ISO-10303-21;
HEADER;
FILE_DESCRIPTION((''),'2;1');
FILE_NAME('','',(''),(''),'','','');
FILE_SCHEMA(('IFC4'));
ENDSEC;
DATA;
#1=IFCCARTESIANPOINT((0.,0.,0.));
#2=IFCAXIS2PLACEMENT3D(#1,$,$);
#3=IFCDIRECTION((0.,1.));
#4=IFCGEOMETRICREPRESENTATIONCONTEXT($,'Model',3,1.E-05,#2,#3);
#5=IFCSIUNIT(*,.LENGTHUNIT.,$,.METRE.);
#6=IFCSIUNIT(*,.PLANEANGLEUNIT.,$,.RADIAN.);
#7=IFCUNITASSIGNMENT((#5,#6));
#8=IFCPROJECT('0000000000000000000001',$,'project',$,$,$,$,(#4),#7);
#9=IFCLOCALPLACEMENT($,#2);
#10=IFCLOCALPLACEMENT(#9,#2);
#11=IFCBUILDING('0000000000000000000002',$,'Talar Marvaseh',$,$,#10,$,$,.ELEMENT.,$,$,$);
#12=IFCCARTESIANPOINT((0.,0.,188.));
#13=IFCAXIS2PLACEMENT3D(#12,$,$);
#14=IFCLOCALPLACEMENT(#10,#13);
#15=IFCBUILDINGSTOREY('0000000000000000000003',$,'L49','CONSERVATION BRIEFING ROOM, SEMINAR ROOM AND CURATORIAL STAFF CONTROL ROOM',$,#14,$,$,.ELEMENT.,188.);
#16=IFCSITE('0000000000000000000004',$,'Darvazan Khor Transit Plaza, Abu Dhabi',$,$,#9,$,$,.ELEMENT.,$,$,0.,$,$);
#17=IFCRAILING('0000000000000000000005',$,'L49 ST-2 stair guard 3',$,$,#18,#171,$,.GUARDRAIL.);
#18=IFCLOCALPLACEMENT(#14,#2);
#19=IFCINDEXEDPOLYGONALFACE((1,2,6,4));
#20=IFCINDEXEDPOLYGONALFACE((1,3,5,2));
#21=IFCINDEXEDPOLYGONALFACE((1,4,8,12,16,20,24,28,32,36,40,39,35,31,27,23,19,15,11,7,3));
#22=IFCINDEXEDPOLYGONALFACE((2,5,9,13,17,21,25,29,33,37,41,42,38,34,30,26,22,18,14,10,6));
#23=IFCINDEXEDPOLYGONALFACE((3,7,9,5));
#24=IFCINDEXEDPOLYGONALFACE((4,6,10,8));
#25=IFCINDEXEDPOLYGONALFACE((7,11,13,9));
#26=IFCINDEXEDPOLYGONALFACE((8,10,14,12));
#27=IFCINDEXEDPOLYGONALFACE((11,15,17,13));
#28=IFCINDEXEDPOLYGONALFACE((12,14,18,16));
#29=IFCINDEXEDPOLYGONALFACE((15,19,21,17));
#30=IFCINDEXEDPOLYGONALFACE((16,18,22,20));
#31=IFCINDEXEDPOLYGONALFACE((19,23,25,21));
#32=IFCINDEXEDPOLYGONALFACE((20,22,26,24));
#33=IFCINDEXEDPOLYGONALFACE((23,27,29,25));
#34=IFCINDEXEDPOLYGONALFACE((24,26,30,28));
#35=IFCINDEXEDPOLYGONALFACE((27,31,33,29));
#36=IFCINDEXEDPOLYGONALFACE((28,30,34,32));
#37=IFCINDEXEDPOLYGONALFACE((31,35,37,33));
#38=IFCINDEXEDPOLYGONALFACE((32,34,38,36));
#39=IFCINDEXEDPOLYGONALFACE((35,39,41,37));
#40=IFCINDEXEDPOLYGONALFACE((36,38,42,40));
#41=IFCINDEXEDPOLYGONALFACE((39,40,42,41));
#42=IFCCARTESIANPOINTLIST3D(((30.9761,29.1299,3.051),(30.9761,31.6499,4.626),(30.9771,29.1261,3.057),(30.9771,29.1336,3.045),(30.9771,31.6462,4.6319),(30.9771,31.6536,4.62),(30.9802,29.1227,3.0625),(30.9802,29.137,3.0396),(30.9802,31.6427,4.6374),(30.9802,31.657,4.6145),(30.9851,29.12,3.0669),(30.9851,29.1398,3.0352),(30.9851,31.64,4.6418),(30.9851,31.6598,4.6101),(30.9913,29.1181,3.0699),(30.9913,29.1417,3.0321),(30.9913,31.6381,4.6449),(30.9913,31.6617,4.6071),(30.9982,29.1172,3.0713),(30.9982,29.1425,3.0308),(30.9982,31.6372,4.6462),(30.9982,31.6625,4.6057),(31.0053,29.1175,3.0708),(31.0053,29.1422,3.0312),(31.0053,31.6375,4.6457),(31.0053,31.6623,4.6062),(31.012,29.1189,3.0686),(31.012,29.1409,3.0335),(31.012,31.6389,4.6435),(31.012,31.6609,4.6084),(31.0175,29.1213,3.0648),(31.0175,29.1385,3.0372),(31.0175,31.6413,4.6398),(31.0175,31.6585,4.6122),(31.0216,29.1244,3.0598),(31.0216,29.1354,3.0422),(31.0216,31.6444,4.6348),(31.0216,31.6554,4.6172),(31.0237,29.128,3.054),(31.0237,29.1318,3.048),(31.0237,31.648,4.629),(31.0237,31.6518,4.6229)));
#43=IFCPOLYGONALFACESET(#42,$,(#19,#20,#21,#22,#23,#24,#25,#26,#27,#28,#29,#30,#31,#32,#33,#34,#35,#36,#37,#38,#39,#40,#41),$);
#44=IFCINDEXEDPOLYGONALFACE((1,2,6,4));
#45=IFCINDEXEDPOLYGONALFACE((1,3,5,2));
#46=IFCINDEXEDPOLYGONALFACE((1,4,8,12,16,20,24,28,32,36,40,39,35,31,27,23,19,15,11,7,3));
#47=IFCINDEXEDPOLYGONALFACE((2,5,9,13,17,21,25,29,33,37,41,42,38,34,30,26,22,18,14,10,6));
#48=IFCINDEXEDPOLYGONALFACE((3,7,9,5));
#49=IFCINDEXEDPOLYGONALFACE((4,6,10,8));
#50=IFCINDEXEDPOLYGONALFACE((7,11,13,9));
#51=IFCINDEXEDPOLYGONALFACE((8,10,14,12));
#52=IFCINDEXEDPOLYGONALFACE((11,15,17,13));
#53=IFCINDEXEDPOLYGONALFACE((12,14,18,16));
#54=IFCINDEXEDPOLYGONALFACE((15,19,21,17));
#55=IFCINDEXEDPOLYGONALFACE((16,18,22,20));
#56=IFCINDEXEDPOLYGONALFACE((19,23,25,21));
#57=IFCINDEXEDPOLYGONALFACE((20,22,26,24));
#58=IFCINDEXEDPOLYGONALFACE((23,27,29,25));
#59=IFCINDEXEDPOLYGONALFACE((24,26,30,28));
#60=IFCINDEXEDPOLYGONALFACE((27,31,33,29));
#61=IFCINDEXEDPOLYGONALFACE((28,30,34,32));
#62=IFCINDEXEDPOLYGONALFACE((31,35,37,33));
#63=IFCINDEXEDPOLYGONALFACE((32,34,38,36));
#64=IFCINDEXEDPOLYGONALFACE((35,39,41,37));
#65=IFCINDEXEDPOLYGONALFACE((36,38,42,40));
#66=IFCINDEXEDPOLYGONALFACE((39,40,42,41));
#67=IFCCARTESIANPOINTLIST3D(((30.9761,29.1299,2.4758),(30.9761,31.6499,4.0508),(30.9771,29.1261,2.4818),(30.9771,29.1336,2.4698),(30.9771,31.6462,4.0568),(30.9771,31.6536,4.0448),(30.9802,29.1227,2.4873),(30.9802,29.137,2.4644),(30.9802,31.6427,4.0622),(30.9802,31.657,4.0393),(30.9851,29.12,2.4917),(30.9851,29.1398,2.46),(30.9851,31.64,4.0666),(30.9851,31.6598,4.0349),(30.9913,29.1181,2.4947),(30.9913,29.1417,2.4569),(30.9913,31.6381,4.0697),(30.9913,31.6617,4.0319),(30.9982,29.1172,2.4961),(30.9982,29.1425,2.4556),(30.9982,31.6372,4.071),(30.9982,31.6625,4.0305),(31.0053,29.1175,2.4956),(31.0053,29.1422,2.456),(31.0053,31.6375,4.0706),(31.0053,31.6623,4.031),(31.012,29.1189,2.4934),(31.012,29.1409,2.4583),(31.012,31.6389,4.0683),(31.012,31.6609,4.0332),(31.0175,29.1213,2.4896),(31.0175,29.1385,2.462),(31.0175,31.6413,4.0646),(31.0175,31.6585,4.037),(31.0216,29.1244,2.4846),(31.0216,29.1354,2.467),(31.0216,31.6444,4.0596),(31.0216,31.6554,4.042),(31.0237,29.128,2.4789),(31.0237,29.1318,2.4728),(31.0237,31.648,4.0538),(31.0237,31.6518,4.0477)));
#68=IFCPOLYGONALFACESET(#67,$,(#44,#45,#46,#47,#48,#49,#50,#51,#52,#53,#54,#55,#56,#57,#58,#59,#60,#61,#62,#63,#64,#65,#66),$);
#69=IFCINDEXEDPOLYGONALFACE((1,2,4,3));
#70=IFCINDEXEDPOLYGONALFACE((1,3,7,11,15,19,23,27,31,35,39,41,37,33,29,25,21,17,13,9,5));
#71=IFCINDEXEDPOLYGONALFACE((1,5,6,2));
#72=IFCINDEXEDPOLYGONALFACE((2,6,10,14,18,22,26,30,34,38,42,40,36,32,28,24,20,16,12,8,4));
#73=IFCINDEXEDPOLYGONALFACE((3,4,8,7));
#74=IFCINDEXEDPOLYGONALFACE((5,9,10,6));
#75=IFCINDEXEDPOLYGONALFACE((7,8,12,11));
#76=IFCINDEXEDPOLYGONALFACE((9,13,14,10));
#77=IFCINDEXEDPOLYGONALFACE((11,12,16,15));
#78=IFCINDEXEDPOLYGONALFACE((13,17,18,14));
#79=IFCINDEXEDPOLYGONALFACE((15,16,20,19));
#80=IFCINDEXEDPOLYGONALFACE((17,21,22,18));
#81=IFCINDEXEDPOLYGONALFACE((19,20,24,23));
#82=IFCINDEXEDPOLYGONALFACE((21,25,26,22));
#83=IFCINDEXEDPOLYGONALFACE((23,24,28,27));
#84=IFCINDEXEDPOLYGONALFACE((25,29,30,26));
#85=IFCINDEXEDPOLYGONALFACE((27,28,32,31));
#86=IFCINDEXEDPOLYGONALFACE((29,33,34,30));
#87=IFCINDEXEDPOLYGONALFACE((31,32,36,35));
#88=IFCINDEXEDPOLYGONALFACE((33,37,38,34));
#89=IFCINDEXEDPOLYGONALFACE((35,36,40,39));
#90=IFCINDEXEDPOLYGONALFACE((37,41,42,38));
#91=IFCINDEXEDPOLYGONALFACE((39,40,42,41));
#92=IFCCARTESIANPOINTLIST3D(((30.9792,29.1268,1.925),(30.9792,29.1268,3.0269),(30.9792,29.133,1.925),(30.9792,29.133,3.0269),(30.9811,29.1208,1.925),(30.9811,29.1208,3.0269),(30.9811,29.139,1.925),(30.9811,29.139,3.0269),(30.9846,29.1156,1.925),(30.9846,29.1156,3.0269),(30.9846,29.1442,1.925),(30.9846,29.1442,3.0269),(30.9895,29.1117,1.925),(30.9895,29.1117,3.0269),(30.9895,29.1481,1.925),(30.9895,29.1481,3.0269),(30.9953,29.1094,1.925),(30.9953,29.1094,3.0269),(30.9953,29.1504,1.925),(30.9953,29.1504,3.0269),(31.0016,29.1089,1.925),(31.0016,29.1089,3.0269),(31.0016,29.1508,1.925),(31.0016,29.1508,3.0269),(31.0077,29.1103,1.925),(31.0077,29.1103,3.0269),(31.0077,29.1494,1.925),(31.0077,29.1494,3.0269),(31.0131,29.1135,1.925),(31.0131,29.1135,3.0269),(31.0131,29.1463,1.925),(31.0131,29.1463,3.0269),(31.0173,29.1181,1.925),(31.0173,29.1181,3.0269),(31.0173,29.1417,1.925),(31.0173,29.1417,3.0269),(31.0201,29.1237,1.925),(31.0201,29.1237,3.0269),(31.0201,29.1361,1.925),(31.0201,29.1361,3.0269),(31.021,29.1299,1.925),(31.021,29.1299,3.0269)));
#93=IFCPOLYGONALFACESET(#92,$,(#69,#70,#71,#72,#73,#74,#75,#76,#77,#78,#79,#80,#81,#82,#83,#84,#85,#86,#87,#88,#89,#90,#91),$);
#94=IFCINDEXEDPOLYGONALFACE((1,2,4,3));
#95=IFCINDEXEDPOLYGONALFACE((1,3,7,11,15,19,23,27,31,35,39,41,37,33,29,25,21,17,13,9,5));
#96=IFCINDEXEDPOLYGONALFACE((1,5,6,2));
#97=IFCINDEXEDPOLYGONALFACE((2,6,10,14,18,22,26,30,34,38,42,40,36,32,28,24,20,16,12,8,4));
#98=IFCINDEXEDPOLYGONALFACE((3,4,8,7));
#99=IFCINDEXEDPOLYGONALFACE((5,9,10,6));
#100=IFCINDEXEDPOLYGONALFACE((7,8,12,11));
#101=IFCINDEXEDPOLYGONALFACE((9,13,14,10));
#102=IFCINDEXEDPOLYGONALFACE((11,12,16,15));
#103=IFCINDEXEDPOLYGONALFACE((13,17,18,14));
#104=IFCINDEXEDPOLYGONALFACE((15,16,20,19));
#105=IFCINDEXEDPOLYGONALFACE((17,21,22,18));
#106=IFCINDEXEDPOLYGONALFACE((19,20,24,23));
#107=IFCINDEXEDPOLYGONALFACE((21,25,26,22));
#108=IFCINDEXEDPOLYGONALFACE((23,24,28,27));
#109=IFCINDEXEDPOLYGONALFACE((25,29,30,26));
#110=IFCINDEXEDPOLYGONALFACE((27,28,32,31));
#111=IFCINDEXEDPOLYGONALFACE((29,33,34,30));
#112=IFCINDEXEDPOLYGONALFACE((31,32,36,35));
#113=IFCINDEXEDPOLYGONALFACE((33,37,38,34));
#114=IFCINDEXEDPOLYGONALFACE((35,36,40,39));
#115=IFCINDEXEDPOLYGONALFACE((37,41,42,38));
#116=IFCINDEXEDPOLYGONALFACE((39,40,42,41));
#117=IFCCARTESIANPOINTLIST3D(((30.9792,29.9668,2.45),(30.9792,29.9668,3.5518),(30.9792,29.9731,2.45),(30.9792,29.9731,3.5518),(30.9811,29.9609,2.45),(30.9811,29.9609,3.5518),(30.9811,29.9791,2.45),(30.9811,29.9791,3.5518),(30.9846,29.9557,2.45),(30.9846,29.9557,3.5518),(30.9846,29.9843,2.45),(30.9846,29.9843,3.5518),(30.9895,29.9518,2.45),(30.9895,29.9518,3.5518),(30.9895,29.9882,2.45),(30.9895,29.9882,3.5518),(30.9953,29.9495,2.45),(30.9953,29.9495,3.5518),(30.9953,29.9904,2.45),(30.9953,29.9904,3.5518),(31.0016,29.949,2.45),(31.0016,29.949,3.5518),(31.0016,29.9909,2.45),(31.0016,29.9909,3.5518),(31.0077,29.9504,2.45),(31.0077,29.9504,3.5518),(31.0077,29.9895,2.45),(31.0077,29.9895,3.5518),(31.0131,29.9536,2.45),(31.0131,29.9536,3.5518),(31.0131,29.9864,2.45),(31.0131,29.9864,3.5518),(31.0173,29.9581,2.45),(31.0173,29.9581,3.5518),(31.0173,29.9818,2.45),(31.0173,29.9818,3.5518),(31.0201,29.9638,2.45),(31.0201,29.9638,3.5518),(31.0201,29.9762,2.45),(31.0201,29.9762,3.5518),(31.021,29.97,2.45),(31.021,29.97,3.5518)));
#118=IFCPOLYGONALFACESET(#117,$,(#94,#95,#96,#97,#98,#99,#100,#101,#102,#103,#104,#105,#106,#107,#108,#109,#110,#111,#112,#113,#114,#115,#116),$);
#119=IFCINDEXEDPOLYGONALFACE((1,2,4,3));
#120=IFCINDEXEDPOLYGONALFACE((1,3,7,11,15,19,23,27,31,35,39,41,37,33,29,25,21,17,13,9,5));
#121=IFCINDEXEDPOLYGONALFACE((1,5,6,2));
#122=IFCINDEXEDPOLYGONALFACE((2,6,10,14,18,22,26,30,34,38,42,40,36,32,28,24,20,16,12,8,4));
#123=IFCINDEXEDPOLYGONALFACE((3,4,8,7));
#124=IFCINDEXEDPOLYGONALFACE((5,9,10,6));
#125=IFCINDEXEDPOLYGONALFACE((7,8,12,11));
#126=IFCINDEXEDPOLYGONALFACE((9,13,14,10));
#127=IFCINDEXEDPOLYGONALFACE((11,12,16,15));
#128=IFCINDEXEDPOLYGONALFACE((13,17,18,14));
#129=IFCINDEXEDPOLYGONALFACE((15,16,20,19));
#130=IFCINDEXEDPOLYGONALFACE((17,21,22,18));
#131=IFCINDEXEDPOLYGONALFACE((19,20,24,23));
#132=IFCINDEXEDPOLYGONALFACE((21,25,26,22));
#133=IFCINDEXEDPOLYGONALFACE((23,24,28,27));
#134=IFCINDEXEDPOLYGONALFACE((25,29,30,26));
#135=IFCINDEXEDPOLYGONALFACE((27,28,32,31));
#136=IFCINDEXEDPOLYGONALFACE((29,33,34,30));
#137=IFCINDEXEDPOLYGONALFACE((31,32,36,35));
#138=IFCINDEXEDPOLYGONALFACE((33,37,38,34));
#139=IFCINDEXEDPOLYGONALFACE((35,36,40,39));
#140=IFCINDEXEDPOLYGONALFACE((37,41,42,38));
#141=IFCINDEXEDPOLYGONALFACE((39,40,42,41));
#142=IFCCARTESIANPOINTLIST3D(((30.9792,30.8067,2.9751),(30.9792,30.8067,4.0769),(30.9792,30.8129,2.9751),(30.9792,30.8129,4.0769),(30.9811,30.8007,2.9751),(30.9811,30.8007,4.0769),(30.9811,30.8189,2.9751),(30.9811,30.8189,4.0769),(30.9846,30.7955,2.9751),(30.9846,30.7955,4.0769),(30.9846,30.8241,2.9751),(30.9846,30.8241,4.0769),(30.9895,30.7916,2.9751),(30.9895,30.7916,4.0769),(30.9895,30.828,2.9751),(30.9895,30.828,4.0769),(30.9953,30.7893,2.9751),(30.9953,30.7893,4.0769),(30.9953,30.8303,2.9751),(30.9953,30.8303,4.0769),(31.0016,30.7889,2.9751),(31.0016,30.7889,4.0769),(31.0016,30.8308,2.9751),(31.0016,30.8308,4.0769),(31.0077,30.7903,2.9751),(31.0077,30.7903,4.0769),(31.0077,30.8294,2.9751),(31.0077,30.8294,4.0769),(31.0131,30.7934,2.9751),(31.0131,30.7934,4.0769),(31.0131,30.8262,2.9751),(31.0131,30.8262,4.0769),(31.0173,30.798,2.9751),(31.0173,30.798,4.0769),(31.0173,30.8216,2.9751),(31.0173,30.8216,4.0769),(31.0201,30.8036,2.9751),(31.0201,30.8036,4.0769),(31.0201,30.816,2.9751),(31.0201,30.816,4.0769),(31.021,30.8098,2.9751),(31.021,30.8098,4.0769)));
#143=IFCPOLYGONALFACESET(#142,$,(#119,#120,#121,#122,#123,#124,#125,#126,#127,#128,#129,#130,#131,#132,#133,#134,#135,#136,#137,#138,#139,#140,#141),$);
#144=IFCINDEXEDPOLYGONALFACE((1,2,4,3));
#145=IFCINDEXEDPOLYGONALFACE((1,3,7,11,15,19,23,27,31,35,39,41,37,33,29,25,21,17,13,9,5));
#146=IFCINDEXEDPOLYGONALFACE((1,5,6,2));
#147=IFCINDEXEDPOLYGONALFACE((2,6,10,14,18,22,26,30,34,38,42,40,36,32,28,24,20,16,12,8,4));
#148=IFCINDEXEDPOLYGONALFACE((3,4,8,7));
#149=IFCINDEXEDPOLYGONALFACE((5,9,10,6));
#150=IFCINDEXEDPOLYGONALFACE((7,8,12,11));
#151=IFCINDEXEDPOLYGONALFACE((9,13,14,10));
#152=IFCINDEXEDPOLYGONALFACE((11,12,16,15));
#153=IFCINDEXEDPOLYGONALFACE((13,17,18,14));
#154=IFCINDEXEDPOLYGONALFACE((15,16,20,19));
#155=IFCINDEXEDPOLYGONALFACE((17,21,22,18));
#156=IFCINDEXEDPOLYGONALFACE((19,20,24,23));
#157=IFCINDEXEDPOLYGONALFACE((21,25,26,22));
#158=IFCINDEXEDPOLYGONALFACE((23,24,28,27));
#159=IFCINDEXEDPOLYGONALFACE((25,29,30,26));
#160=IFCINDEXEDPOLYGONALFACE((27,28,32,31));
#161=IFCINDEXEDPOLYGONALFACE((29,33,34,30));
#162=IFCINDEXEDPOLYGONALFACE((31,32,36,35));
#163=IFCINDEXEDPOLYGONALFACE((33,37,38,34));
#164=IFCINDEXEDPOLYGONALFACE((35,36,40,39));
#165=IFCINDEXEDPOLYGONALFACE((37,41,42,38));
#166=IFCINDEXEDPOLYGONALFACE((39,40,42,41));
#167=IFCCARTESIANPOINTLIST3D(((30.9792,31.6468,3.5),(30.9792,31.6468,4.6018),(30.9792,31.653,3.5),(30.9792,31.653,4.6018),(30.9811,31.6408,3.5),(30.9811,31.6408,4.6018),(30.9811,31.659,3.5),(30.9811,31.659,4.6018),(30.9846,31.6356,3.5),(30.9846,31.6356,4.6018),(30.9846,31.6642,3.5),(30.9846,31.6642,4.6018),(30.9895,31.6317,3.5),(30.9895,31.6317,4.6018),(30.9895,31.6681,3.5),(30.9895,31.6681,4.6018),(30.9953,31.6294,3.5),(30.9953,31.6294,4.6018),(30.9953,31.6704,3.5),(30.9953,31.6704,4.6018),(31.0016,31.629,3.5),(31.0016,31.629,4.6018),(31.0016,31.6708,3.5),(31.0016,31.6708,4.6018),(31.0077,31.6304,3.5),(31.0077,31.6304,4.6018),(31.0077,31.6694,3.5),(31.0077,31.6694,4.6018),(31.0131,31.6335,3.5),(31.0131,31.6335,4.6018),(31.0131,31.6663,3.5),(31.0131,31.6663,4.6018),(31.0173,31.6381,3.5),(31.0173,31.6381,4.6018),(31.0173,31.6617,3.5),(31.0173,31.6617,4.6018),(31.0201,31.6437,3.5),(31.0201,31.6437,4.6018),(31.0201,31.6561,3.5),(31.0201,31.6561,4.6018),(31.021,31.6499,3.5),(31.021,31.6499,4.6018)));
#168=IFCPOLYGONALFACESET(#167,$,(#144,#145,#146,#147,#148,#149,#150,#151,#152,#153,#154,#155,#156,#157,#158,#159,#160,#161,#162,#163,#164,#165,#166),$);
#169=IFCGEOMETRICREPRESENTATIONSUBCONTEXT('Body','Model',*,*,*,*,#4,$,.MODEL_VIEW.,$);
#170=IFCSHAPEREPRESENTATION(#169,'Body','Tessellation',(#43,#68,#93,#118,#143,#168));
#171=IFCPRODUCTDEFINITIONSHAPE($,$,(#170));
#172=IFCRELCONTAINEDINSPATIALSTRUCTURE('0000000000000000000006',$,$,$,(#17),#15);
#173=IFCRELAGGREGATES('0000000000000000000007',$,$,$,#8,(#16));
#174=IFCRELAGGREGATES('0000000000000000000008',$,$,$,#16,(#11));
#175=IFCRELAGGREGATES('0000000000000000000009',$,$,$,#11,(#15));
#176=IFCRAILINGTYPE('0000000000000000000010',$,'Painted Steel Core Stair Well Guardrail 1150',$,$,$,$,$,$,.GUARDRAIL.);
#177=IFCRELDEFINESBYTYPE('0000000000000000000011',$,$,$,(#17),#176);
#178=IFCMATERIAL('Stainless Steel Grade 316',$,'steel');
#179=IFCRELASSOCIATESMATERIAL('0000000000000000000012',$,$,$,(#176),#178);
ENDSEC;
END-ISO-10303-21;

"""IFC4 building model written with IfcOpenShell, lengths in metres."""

from ifc_helpers import new_model, si_unit, direction, frame, origin, origin_2d, place, context, subcontext, project, spatial, circle, extrude, material, type_object, element, save


model = new_model("IFC4")

# Units and contexts
model_context = context("Model", 3, precision=1e-05, world=origin(), true_north=direction((0.0, 1.0)))
body_context = subcontext(model_context, "Body", "Model", "MODEL_VIEW")
ifc_project = project(units=[si_unit("LENGTHUNIT", "METRE"), si_unit("PLANEANGLEUNIT", "RADIAN")], contexts=[model_context])

# Site, building, storey
site_placement = place(None, origin())
site = spatial("IfcSite", under=ifc_project, at=site_placement, Name="Darvazan Khor Transit Plaza, Abu Dhabi", CompositionType="ELEMENT", RefElevation=0.0)
building_placement = place(site_placement, origin())
building = spatial("IfcBuilding", under=site, at=building_placement, Name="Talar Marvaseh", CompositionType="ELEMENT")
storey_placement = place(building_placement, frame((0.0, 0.0, 188.0)))
storey = spatial("IfcBuildingStorey", under=building, at=storey_placement, Name="L49", Description="CONSERVATION BRIEFING ROOM, SEMINAR ROOM AND CURATORIAL STAFF CONTROL ROOM", CompositionType="ELEMENT", Elevation=188.0)

# Shared definitions
ifc_material_1 = material(Name="Stainless Steel Grade 316", Category="steel")

# Railing
railing_type_1 = type_object("IfcRailingType", Name="Painted Steel Core Stair Well Guardrail 1150", PredefinedType="GUARDRAIL", material=ifc_material_1)
railing_1_placement = place(storey_placement, frame((31.0, 29.1299, 1.925)))
element("IfcRailing", 1, at=railing_1_placement, inside=storey, type_object=railing_type_1, Name="L49 ST-2 stair guard 3", PredefinedType="GUARDRAIL", context=body_context, shape_type="SweptSolid", body=[
    extrude(circle(Radius=0.0239, at=origin_2d()), frame((0.0, 0.0, 1.126), z_axis=(0.0, 0.848008, 0.529984), x_axis=(-1.0, 0.0, 0.0)), (0.0, 0.0, 1.0), 2.9717),
    extrude(circle(Radius=0.0239, at=origin_2d()), frame((0.0, 0.0, 0.5508), z_axis=(0.0, 0.848008, 0.529984), x_axis=(-1.0, 0.0, 0.0)), (0.0, 0.0, 1.0), 2.9717),
    extrude(circle(Radius=0.021, at=origin_2d()), origin(), (0.0, 0.0, 1.0), 1.1018),
    extrude(circle(Radius=0.021, at=origin_2d()), frame((0.0, 0.8401, 0.5249)), (0.0, 0.0, 1.0), 1.1018),
    extrude(circle(Radius=0.021, at=origin_2d()), frame((0.0, 1.6799, 1.05)), (0.0, 0.0, 1.0), 1.1018),
    extrude(circle(Radius=0.021, at=origin_2d()), frame((0.0, 2.52, 1.575)), (0.0, 0.0, 1.0), 1.1018),
])

save(model, "model.ifc")
